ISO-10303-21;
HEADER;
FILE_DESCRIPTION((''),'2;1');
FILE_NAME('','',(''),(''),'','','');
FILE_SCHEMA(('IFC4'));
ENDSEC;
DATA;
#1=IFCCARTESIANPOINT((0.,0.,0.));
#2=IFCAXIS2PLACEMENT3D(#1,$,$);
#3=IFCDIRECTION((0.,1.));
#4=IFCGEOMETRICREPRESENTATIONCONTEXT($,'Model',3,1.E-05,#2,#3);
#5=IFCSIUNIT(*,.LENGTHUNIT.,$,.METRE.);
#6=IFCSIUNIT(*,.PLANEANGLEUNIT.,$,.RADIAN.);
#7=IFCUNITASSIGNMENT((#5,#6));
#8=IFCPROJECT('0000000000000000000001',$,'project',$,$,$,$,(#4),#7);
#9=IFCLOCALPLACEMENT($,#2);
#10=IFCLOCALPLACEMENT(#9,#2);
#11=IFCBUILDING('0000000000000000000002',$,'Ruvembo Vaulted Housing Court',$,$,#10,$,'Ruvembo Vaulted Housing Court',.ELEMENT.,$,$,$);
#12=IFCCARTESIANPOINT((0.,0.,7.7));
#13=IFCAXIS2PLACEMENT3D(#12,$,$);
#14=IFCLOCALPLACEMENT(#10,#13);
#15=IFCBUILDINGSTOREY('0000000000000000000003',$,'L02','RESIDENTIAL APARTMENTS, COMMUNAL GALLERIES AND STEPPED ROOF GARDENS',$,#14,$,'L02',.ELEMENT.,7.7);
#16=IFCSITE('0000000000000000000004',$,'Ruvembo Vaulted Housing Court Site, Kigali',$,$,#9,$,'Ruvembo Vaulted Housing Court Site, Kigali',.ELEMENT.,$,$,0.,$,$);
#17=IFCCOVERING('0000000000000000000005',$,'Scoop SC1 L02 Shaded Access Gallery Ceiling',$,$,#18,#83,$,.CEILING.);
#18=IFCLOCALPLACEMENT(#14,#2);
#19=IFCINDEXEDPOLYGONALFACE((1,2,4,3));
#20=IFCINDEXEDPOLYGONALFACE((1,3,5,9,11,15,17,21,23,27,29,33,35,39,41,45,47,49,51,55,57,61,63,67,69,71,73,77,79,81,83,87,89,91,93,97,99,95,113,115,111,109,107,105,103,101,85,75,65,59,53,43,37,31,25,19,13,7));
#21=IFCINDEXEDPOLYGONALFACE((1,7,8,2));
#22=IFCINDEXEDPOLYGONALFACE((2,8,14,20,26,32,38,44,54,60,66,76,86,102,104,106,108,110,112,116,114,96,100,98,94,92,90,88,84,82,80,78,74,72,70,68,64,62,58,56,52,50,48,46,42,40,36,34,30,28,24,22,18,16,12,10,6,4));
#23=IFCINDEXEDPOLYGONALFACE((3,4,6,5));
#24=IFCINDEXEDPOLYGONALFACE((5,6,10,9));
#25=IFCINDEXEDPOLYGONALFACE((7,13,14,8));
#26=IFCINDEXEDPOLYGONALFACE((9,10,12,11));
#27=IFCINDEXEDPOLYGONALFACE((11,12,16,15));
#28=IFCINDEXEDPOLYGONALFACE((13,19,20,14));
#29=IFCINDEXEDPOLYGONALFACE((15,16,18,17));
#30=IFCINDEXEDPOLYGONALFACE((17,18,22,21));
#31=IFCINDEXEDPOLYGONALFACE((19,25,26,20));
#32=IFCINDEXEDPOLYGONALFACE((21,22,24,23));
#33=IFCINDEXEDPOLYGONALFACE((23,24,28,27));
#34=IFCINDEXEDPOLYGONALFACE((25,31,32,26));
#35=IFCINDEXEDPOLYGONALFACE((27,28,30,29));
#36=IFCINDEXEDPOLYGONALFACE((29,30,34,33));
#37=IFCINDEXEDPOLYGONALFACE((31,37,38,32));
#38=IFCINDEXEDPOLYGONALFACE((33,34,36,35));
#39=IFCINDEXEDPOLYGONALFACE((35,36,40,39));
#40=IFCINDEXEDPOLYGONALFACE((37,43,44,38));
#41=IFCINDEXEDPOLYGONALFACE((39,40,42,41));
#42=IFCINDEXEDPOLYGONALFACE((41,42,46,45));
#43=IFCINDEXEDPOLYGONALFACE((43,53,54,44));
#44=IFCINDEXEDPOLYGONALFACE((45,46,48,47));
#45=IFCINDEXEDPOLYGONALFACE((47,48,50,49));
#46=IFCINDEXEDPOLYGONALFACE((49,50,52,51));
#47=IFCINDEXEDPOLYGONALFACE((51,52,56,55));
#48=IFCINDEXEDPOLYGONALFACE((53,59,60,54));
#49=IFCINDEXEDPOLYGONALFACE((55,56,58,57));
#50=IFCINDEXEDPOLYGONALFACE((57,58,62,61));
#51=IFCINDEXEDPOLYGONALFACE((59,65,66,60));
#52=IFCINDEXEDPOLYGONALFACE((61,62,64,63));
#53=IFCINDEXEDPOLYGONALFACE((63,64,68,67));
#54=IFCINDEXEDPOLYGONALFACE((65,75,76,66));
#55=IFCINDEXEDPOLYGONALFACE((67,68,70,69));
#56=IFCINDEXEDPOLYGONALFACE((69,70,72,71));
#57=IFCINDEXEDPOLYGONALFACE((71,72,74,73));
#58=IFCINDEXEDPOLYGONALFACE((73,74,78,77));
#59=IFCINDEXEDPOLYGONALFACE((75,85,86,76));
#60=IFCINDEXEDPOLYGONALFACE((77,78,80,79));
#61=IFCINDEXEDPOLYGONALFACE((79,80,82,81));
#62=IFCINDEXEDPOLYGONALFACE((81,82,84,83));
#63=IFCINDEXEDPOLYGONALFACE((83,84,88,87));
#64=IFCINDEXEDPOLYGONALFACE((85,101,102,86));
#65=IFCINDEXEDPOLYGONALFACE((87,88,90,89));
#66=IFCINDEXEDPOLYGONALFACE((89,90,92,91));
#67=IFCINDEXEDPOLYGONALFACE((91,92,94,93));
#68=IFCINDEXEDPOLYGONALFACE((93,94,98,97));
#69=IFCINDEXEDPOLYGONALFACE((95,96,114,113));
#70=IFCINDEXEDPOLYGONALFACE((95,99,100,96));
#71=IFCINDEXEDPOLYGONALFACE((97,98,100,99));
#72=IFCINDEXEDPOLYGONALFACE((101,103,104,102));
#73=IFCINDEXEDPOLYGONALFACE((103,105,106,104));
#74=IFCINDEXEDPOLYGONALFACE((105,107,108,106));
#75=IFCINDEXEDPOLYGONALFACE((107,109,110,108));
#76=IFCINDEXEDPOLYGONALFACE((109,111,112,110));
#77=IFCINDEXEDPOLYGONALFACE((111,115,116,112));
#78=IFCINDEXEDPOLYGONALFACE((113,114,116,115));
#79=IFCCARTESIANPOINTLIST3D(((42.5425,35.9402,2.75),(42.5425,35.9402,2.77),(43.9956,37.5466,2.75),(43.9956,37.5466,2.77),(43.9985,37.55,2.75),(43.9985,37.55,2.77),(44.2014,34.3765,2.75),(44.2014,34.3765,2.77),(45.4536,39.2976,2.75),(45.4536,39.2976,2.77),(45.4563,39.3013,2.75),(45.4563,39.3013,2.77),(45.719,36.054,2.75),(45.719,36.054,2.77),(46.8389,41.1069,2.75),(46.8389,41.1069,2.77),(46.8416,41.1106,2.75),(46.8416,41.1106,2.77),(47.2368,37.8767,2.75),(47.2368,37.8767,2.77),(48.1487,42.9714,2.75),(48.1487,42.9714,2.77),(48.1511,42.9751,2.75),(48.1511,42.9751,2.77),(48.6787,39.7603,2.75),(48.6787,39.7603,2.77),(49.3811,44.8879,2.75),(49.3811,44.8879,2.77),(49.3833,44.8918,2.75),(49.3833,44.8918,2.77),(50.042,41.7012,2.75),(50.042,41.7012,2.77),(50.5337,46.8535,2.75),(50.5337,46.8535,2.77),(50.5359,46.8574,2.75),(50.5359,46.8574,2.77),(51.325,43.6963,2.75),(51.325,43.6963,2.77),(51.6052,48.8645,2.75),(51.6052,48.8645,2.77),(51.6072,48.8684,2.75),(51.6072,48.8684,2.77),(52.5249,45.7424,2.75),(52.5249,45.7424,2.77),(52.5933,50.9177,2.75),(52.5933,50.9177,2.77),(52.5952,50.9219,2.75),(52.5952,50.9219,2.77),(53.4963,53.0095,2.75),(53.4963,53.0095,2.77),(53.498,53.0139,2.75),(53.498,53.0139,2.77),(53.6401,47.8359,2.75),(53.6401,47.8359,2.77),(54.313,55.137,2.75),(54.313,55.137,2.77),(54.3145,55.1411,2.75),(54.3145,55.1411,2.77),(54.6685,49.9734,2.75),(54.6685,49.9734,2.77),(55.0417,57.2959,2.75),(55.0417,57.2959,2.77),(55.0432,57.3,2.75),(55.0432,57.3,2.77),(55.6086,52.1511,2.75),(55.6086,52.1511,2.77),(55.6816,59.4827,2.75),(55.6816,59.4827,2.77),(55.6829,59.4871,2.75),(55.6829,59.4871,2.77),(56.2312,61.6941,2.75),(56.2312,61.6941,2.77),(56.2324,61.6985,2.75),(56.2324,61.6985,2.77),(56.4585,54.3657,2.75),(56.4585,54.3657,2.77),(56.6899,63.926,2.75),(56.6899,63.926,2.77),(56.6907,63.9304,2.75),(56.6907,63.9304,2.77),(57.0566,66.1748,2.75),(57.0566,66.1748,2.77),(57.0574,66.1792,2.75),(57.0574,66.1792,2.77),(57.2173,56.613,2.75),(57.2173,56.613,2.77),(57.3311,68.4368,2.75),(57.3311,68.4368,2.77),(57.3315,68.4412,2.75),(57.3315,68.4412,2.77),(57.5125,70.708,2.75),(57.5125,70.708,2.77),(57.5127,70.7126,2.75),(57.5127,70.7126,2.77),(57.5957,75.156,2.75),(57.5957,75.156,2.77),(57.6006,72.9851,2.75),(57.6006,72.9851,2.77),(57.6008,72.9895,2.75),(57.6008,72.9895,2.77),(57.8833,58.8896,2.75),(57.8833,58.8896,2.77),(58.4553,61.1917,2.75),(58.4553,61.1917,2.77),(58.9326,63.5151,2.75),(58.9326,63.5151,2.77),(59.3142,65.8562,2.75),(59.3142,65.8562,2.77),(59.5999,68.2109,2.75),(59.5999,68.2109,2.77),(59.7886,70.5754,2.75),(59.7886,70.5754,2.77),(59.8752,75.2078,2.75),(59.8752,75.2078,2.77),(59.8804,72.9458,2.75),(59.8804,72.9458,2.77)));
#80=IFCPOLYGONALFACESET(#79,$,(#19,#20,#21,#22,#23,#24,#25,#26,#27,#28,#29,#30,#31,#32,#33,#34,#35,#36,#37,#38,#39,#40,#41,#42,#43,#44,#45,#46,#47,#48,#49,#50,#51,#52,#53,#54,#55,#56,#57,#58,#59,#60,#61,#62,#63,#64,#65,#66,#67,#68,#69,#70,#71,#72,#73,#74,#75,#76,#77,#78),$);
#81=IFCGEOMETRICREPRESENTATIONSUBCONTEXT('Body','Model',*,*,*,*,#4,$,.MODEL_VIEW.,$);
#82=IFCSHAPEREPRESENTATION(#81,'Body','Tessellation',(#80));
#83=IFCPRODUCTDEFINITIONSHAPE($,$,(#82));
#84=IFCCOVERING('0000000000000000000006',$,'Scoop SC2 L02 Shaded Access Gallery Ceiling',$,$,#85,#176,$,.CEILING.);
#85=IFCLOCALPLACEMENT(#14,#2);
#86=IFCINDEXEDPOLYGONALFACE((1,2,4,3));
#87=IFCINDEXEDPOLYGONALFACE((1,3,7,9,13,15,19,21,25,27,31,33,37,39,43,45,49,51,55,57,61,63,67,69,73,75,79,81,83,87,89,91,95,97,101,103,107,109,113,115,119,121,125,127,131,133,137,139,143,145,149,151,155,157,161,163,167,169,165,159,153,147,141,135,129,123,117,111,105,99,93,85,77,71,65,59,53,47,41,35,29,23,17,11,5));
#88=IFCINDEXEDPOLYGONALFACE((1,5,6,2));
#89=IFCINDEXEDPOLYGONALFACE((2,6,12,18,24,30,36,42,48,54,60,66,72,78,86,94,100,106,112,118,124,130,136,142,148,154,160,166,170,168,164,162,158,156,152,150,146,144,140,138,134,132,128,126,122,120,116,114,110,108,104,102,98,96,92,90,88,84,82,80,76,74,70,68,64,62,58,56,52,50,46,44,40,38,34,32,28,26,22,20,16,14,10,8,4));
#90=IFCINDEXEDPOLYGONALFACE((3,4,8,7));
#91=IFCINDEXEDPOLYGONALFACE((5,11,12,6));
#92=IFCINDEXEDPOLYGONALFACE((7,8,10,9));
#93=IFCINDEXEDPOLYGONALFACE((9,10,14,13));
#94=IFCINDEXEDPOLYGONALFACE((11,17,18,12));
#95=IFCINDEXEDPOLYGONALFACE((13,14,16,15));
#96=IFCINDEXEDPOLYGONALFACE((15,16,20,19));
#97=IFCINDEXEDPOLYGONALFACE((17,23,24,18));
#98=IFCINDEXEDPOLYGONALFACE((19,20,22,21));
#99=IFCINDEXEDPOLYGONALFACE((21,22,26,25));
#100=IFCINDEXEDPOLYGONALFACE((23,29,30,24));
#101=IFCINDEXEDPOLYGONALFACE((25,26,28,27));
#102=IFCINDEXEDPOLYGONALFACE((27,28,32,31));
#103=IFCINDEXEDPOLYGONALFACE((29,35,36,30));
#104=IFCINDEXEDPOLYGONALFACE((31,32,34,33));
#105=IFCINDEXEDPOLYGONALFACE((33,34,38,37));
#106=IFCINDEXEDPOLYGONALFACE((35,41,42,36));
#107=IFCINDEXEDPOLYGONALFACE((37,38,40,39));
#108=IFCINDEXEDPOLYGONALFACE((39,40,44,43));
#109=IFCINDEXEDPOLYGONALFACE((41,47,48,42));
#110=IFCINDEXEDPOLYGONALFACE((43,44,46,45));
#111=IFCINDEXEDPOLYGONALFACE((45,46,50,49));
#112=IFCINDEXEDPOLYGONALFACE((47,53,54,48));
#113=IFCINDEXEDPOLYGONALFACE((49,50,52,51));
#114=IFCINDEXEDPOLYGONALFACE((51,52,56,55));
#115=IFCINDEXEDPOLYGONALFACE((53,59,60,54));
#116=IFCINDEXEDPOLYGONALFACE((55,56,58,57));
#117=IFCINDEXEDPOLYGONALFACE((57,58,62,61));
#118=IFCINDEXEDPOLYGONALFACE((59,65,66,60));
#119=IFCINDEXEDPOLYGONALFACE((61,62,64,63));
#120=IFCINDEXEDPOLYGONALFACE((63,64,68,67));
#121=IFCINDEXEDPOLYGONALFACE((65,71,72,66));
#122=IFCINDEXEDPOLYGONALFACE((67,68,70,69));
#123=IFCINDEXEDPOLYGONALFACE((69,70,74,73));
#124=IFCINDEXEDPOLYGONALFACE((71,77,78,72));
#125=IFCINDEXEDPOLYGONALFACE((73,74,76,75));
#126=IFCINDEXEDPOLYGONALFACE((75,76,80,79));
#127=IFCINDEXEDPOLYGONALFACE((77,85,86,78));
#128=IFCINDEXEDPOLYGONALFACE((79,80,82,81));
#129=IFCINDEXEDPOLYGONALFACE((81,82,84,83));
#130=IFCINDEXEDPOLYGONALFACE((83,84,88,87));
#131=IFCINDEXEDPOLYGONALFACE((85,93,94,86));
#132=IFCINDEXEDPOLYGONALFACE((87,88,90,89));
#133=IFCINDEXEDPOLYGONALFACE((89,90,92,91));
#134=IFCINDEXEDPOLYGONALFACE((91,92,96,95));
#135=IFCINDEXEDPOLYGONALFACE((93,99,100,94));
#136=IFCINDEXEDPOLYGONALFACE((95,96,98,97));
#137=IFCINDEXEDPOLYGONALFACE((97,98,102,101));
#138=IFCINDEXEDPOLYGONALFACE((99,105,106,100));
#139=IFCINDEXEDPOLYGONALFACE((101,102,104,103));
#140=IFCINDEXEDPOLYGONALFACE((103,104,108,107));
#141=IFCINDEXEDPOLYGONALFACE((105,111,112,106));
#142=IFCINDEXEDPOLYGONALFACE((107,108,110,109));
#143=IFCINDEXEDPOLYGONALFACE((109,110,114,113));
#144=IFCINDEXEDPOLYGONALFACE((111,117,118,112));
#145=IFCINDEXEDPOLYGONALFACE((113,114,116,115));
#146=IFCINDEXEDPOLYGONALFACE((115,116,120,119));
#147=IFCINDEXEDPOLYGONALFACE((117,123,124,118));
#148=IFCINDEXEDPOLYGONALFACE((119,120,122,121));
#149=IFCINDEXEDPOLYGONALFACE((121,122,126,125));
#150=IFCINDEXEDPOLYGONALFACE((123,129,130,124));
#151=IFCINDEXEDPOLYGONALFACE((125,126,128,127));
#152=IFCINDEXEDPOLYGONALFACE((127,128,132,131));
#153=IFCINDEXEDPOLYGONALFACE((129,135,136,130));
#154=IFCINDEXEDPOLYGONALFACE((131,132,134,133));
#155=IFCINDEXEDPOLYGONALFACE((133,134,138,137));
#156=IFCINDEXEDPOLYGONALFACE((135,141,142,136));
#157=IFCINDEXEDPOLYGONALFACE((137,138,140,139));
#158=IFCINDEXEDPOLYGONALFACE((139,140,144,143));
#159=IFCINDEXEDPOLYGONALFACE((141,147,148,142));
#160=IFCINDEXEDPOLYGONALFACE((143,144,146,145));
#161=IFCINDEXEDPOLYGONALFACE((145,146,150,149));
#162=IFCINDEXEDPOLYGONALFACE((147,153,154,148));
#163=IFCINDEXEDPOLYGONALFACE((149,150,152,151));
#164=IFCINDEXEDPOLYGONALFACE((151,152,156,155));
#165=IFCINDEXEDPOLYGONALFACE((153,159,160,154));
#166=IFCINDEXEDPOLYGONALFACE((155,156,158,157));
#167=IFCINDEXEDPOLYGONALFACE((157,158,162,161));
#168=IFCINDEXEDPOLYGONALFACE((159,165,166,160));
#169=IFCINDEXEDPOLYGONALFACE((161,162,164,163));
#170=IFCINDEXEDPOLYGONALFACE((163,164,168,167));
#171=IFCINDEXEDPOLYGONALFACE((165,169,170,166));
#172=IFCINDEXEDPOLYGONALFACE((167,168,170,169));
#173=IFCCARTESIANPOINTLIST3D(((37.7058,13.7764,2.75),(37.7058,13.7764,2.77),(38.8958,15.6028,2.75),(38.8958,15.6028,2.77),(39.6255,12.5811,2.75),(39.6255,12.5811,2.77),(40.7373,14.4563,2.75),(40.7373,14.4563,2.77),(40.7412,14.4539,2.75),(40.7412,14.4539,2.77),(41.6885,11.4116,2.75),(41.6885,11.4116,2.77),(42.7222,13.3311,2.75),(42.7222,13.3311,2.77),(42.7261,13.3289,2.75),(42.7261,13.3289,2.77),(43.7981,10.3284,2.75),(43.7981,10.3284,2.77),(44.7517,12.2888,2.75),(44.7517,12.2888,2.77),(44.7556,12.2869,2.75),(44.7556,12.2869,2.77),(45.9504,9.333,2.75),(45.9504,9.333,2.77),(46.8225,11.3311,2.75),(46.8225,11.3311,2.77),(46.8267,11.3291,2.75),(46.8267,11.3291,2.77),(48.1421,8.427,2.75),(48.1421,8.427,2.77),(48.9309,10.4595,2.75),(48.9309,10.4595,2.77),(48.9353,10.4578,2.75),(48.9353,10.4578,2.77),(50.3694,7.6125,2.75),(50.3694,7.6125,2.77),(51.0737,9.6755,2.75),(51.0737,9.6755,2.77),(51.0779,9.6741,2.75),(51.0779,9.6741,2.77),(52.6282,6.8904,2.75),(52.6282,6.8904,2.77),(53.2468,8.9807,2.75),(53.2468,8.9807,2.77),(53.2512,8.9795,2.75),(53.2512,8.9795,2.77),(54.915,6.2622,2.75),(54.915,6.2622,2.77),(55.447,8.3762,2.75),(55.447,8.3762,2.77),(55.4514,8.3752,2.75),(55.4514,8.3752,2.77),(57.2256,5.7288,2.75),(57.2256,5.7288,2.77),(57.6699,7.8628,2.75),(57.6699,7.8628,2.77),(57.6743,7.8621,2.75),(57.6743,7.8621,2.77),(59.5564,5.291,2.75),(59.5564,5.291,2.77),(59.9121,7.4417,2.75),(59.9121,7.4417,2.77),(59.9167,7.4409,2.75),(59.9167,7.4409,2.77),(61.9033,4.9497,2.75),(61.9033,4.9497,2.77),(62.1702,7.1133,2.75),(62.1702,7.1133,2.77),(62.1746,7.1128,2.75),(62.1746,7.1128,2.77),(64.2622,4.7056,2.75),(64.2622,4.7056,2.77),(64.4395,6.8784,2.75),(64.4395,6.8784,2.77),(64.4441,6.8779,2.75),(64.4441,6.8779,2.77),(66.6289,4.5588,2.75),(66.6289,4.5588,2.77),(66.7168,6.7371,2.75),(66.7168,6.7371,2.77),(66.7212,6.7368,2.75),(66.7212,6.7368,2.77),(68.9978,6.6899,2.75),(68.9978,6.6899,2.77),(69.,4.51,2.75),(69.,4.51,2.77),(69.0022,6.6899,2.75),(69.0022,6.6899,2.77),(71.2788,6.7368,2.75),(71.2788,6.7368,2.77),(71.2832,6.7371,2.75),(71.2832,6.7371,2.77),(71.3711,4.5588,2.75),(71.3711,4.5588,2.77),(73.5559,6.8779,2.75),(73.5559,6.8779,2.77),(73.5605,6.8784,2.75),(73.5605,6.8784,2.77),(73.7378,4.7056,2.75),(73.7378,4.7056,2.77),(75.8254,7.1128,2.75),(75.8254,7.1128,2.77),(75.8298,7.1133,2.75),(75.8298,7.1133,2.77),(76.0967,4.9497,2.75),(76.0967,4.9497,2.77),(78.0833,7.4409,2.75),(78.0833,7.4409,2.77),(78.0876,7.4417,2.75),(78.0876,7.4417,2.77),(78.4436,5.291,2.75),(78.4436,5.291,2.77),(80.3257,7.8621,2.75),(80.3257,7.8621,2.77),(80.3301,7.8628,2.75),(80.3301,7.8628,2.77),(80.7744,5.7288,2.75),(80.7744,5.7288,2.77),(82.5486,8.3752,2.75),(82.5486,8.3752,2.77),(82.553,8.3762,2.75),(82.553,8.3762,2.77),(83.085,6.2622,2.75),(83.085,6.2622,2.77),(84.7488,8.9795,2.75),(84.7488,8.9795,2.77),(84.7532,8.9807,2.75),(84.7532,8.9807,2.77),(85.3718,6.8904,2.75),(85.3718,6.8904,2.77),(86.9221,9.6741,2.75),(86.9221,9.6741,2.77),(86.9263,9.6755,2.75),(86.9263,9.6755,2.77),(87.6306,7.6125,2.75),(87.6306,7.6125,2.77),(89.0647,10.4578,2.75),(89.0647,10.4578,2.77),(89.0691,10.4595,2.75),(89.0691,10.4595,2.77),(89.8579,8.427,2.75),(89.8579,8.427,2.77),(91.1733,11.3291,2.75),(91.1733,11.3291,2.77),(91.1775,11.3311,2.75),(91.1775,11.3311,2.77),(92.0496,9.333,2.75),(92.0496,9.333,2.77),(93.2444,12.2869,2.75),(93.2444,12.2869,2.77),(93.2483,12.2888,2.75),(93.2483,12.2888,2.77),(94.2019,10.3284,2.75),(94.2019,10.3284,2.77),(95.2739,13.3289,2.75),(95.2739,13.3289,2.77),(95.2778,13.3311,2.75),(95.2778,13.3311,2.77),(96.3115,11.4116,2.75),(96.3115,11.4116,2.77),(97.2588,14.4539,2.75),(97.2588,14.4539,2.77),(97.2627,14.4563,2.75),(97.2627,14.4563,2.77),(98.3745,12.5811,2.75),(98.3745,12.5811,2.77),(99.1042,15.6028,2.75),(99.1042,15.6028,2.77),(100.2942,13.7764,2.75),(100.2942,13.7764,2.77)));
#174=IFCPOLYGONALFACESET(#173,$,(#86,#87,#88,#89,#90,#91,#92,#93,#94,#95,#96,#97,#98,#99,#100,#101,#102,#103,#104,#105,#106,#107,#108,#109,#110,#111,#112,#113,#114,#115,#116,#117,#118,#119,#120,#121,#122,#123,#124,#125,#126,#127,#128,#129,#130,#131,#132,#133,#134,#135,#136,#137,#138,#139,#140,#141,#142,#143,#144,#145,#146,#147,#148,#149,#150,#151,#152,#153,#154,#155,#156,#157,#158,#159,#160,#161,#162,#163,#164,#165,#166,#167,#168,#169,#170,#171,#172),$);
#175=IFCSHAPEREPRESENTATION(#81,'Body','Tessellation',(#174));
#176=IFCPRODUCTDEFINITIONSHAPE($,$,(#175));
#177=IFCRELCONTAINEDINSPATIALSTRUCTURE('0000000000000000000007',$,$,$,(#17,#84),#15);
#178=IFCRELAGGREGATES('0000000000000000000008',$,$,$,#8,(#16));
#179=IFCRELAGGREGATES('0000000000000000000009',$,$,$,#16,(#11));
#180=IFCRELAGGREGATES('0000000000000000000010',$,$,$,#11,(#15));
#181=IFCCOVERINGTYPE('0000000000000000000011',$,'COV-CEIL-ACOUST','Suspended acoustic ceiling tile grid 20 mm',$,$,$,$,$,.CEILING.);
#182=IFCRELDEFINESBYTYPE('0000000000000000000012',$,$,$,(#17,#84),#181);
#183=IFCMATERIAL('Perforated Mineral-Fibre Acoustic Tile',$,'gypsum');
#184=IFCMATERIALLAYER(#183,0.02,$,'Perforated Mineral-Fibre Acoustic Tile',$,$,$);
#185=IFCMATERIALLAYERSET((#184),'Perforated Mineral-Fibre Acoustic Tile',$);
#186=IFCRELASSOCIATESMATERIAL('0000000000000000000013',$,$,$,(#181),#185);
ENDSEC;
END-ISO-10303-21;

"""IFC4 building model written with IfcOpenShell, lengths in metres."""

from ifc_helpers import new_model, si_unit, direction, frame, origin, place, context, subcontext, project, spatial, polyline, outline, extrude, material, layer, layer_set, type_object, element, save


model = new_model("IFC4")

# Units and contexts
model_context = context("Model", 3, precision=1e-05, world=origin(), true_north=direction((0.0, 1.0)))
body_context = subcontext(model_context, "Body", "Model", "MODEL_VIEW")
ifc_project = project(units=[si_unit("LENGTHUNIT", "METRE"), si_unit("PLANEANGLEUNIT", "RADIAN")], contexts=[model_context])

# Site, building, storey
site_placement = place(None, origin())
site = spatial("IfcSite", under=ifc_project, at=site_placement, Name="Ruvembo Vaulted Housing Court Site, Kigali", LongName="Ruvembo Vaulted Housing Court Site, Kigali", CompositionType="ELEMENT", RefElevation=0.0)
building_placement = place(site_placement, origin())
building = spatial("IfcBuilding", under=site, at=building_placement, Name="Ruvembo Vaulted Housing Court", LongName="Ruvembo Vaulted Housing Court", CompositionType="ELEMENT")
storey_placement = place(building_placement, frame((0.0, 0.0, 7.7)))
storey = spatial("IfcBuildingStorey", under=building, at=storey_placement, Name="L02", Description="RESIDENTIAL APARTMENTS, COMMUNAL GALLERIES AND STEPPED ROOF GARDENS", LongName="L02", CompositionType="ELEMENT", Elevation=7.7)

# Coverings
ifc_material_1 = material(Name="Perforated Mineral-Fibre Acoustic Tile", Category="gypsum")
ifc_layer_1 = layer(ifc_material_1, 0.02, Name="Perforated Mineral-Fibre Acoustic Tile")
ifc_layer_set_1 = layer_set([ifc_layer_1], Name="Perforated Mineral-Fibre Acoustic Tile")
covering_type_1 = type_object("IfcCoveringType", Name="COV-CEIL-ACOUST", Description="Suspended acoustic ceiling tile grid 20 mm", PredefinedType="CEILING", material=ifc_layer_set_1)
covering_1_placement = place(storey_placement, frame((0.0, 0.0, 2.75)))
element("IfcCovering", 1, at=covering_1_placement, inside=storey, type_object=covering_type_1, Name="Scoop SC1 L02 Shaded Access Gallery Ceiling", PredefinedType="CEILING", context=body_context, shape_type="SweptSolid", body=[
    extrude(outline(polyline([(44.2014, 34.3765), (45.719, 36.054), (47.2368, 37.8767), (48.6787, 39.7603), (50.042, 41.7012), (51.325, 43.6963), (52.5249, 45.7424), (53.6401, 47.8359), (54.6685, 49.9734), (55.6086, 52.1511), (56.4585, 54.3657), (57.2173, 56.613), (57.8833, 58.8896), (58.4553, 61.1917), (58.9326, 63.5151), (59.3142, 65.8562), (59.5999, 68.2109), (59.7886, 70.5754), (59.8804, 72.9458), (59.8752, 75.2078), (57.5957, 75.156), (57.6008, 72.9895), (57.6006, 72.9851), (57.5127, 70.7126), (57.5125, 70.708), (57.3315, 68.4412), (57.3311, 68.4368), (57.0574, 66.1792), (57.0566, 66.1748), (56.6907, 63.9304), (56.6899, 63.926), (56.2324, 61.6985), (56.2312, 61.6941), (55.6829, 59.4871), (55.6816, 59.4827), (55.0432, 57.3), (55.0417, 57.2959), (54.3145, 55.1411), (54.313, 55.137), (53.498, 53.0139), (53.4963, 53.0095), (52.5952, 50.9219), (52.5933, 50.9177), (51.6072, 48.8684), (51.6052, 48.8645), (50.5359, 46.8574), (50.5337, 46.8535), (49.3833, 44.8918), (49.3811, 44.8879), (48.1511, 42.9751), (48.1487, 42.9714), (46.8416, 41.1106), (46.8389, 41.1069), (45.4563, 39.3013), (45.4536, 39.2976), (43.9985, 37.55), (43.9956, 37.5466), (42.5425, 35.9402), (44.2014, 34.3765)])), origin(), (0.0, 0.0, 1.0), 0.02),
])
covering_2_placement = place(storey_placement, frame((0.0, 0.0, 2.75)))
element("IfcCovering", 2, at=covering_2_placement, inside=storey, type_object=covering_type_1, Name="Scoop SC2 L02 Shaded Access Gallery Ceiling", PredefinedType="CEILING", context=body_context, shape_type="SweptSolid", body=[
    extrude(outline(polyline([(37.7058, 13.7764), (39.6255, 12.5811), (41.6885, 11.4116), (43.7981, 10.3284), (45.9504, 9.333), (48.1421, 8.427), (50.3694, 7.6125), (52.6282, 6.8904), (54.915, 6.2622), (57.2256, 5.7288), (59.5564, 5.291), (61.9033, 4.9497), (64.2622, 4.7056), (66.6289, 4.5588), (69.0, 4.51), (71.3711, 4.5588), (73.7378, 4.7056), (76.0967, 4.9497), (78.4436, 5.291), (80.7744, 5.7288), (83.085, 6.2622), (85.3718, 6.8904), (87.6306, 7.6125), (89.8579, 8.427), (92.0496, 9.333), (94.2019, 10.3284), (96.3115, 11.4116), (98.3745, 12.5811), (100.2942, 13.7764), (99.1042, 15.6028), (97.2627, 14.4563), (97.2588, 14.4539), (95.2778, 13.3311), (95.2739, 13.3289), (93.2483, 12.2888), (93.2444, 12.2869), (91.1775, 11.3311), (91.1733, 11.3291), (89.0691, 10.4595), (89.0647, 10.4578), (86.9263, 9.6755), (86.9221, 9.6741), (84.7532, 8.9807), (84.7488, 8.9795), (82.553, 8.3762), (82.5486, 8.3752), (80.3301, 7.8628), (80.3257, 7.8621), (78.0876, 7.4417), (78.0833, 7.4409), (75.8298, 7.1133), (75.8254, 7.1128), (73.5605, 6.8784), (73.5559, 6.8779), (71.2832, 6.7371), (71.2788, 6.7368), (69.0022, 6.6899), (68.9978, 6.6899), (66.7212, 6.7368), (66.7168, 6.7371), (64.4441, 6.8779), (64.4395, 6.8784), (62.1746, 7.1128), (62.1702, 7.1133), (59.9167, 7.4409), (59.9121, 7.4417), (57.6743, 7.8621), (57.6699, 7.8628), (55.4514, 8.3752), (55.447, 8.3762), (53.2512, 8.9795), (53.2468, 8.9807), (51.0779, 9.6741), (51.0737, 9.6755), (48.9353, 10.4578), (48.9309, 10.4595), (46.8267, 11.3291), (46.8225, 11.3311), (44.7556, 12.2869), (44.7517, 12.2888), (42.7261, 13.3289), (42.7222, 13.3311), (40.7412, 14.4539), (40.7373, 14.4563), (38.8958, 15.6028), (37.7058, 13.7764)])), origin(), (0.0, 0.0, 1.0), 0.02),
])

save(model, "model.ifc")
